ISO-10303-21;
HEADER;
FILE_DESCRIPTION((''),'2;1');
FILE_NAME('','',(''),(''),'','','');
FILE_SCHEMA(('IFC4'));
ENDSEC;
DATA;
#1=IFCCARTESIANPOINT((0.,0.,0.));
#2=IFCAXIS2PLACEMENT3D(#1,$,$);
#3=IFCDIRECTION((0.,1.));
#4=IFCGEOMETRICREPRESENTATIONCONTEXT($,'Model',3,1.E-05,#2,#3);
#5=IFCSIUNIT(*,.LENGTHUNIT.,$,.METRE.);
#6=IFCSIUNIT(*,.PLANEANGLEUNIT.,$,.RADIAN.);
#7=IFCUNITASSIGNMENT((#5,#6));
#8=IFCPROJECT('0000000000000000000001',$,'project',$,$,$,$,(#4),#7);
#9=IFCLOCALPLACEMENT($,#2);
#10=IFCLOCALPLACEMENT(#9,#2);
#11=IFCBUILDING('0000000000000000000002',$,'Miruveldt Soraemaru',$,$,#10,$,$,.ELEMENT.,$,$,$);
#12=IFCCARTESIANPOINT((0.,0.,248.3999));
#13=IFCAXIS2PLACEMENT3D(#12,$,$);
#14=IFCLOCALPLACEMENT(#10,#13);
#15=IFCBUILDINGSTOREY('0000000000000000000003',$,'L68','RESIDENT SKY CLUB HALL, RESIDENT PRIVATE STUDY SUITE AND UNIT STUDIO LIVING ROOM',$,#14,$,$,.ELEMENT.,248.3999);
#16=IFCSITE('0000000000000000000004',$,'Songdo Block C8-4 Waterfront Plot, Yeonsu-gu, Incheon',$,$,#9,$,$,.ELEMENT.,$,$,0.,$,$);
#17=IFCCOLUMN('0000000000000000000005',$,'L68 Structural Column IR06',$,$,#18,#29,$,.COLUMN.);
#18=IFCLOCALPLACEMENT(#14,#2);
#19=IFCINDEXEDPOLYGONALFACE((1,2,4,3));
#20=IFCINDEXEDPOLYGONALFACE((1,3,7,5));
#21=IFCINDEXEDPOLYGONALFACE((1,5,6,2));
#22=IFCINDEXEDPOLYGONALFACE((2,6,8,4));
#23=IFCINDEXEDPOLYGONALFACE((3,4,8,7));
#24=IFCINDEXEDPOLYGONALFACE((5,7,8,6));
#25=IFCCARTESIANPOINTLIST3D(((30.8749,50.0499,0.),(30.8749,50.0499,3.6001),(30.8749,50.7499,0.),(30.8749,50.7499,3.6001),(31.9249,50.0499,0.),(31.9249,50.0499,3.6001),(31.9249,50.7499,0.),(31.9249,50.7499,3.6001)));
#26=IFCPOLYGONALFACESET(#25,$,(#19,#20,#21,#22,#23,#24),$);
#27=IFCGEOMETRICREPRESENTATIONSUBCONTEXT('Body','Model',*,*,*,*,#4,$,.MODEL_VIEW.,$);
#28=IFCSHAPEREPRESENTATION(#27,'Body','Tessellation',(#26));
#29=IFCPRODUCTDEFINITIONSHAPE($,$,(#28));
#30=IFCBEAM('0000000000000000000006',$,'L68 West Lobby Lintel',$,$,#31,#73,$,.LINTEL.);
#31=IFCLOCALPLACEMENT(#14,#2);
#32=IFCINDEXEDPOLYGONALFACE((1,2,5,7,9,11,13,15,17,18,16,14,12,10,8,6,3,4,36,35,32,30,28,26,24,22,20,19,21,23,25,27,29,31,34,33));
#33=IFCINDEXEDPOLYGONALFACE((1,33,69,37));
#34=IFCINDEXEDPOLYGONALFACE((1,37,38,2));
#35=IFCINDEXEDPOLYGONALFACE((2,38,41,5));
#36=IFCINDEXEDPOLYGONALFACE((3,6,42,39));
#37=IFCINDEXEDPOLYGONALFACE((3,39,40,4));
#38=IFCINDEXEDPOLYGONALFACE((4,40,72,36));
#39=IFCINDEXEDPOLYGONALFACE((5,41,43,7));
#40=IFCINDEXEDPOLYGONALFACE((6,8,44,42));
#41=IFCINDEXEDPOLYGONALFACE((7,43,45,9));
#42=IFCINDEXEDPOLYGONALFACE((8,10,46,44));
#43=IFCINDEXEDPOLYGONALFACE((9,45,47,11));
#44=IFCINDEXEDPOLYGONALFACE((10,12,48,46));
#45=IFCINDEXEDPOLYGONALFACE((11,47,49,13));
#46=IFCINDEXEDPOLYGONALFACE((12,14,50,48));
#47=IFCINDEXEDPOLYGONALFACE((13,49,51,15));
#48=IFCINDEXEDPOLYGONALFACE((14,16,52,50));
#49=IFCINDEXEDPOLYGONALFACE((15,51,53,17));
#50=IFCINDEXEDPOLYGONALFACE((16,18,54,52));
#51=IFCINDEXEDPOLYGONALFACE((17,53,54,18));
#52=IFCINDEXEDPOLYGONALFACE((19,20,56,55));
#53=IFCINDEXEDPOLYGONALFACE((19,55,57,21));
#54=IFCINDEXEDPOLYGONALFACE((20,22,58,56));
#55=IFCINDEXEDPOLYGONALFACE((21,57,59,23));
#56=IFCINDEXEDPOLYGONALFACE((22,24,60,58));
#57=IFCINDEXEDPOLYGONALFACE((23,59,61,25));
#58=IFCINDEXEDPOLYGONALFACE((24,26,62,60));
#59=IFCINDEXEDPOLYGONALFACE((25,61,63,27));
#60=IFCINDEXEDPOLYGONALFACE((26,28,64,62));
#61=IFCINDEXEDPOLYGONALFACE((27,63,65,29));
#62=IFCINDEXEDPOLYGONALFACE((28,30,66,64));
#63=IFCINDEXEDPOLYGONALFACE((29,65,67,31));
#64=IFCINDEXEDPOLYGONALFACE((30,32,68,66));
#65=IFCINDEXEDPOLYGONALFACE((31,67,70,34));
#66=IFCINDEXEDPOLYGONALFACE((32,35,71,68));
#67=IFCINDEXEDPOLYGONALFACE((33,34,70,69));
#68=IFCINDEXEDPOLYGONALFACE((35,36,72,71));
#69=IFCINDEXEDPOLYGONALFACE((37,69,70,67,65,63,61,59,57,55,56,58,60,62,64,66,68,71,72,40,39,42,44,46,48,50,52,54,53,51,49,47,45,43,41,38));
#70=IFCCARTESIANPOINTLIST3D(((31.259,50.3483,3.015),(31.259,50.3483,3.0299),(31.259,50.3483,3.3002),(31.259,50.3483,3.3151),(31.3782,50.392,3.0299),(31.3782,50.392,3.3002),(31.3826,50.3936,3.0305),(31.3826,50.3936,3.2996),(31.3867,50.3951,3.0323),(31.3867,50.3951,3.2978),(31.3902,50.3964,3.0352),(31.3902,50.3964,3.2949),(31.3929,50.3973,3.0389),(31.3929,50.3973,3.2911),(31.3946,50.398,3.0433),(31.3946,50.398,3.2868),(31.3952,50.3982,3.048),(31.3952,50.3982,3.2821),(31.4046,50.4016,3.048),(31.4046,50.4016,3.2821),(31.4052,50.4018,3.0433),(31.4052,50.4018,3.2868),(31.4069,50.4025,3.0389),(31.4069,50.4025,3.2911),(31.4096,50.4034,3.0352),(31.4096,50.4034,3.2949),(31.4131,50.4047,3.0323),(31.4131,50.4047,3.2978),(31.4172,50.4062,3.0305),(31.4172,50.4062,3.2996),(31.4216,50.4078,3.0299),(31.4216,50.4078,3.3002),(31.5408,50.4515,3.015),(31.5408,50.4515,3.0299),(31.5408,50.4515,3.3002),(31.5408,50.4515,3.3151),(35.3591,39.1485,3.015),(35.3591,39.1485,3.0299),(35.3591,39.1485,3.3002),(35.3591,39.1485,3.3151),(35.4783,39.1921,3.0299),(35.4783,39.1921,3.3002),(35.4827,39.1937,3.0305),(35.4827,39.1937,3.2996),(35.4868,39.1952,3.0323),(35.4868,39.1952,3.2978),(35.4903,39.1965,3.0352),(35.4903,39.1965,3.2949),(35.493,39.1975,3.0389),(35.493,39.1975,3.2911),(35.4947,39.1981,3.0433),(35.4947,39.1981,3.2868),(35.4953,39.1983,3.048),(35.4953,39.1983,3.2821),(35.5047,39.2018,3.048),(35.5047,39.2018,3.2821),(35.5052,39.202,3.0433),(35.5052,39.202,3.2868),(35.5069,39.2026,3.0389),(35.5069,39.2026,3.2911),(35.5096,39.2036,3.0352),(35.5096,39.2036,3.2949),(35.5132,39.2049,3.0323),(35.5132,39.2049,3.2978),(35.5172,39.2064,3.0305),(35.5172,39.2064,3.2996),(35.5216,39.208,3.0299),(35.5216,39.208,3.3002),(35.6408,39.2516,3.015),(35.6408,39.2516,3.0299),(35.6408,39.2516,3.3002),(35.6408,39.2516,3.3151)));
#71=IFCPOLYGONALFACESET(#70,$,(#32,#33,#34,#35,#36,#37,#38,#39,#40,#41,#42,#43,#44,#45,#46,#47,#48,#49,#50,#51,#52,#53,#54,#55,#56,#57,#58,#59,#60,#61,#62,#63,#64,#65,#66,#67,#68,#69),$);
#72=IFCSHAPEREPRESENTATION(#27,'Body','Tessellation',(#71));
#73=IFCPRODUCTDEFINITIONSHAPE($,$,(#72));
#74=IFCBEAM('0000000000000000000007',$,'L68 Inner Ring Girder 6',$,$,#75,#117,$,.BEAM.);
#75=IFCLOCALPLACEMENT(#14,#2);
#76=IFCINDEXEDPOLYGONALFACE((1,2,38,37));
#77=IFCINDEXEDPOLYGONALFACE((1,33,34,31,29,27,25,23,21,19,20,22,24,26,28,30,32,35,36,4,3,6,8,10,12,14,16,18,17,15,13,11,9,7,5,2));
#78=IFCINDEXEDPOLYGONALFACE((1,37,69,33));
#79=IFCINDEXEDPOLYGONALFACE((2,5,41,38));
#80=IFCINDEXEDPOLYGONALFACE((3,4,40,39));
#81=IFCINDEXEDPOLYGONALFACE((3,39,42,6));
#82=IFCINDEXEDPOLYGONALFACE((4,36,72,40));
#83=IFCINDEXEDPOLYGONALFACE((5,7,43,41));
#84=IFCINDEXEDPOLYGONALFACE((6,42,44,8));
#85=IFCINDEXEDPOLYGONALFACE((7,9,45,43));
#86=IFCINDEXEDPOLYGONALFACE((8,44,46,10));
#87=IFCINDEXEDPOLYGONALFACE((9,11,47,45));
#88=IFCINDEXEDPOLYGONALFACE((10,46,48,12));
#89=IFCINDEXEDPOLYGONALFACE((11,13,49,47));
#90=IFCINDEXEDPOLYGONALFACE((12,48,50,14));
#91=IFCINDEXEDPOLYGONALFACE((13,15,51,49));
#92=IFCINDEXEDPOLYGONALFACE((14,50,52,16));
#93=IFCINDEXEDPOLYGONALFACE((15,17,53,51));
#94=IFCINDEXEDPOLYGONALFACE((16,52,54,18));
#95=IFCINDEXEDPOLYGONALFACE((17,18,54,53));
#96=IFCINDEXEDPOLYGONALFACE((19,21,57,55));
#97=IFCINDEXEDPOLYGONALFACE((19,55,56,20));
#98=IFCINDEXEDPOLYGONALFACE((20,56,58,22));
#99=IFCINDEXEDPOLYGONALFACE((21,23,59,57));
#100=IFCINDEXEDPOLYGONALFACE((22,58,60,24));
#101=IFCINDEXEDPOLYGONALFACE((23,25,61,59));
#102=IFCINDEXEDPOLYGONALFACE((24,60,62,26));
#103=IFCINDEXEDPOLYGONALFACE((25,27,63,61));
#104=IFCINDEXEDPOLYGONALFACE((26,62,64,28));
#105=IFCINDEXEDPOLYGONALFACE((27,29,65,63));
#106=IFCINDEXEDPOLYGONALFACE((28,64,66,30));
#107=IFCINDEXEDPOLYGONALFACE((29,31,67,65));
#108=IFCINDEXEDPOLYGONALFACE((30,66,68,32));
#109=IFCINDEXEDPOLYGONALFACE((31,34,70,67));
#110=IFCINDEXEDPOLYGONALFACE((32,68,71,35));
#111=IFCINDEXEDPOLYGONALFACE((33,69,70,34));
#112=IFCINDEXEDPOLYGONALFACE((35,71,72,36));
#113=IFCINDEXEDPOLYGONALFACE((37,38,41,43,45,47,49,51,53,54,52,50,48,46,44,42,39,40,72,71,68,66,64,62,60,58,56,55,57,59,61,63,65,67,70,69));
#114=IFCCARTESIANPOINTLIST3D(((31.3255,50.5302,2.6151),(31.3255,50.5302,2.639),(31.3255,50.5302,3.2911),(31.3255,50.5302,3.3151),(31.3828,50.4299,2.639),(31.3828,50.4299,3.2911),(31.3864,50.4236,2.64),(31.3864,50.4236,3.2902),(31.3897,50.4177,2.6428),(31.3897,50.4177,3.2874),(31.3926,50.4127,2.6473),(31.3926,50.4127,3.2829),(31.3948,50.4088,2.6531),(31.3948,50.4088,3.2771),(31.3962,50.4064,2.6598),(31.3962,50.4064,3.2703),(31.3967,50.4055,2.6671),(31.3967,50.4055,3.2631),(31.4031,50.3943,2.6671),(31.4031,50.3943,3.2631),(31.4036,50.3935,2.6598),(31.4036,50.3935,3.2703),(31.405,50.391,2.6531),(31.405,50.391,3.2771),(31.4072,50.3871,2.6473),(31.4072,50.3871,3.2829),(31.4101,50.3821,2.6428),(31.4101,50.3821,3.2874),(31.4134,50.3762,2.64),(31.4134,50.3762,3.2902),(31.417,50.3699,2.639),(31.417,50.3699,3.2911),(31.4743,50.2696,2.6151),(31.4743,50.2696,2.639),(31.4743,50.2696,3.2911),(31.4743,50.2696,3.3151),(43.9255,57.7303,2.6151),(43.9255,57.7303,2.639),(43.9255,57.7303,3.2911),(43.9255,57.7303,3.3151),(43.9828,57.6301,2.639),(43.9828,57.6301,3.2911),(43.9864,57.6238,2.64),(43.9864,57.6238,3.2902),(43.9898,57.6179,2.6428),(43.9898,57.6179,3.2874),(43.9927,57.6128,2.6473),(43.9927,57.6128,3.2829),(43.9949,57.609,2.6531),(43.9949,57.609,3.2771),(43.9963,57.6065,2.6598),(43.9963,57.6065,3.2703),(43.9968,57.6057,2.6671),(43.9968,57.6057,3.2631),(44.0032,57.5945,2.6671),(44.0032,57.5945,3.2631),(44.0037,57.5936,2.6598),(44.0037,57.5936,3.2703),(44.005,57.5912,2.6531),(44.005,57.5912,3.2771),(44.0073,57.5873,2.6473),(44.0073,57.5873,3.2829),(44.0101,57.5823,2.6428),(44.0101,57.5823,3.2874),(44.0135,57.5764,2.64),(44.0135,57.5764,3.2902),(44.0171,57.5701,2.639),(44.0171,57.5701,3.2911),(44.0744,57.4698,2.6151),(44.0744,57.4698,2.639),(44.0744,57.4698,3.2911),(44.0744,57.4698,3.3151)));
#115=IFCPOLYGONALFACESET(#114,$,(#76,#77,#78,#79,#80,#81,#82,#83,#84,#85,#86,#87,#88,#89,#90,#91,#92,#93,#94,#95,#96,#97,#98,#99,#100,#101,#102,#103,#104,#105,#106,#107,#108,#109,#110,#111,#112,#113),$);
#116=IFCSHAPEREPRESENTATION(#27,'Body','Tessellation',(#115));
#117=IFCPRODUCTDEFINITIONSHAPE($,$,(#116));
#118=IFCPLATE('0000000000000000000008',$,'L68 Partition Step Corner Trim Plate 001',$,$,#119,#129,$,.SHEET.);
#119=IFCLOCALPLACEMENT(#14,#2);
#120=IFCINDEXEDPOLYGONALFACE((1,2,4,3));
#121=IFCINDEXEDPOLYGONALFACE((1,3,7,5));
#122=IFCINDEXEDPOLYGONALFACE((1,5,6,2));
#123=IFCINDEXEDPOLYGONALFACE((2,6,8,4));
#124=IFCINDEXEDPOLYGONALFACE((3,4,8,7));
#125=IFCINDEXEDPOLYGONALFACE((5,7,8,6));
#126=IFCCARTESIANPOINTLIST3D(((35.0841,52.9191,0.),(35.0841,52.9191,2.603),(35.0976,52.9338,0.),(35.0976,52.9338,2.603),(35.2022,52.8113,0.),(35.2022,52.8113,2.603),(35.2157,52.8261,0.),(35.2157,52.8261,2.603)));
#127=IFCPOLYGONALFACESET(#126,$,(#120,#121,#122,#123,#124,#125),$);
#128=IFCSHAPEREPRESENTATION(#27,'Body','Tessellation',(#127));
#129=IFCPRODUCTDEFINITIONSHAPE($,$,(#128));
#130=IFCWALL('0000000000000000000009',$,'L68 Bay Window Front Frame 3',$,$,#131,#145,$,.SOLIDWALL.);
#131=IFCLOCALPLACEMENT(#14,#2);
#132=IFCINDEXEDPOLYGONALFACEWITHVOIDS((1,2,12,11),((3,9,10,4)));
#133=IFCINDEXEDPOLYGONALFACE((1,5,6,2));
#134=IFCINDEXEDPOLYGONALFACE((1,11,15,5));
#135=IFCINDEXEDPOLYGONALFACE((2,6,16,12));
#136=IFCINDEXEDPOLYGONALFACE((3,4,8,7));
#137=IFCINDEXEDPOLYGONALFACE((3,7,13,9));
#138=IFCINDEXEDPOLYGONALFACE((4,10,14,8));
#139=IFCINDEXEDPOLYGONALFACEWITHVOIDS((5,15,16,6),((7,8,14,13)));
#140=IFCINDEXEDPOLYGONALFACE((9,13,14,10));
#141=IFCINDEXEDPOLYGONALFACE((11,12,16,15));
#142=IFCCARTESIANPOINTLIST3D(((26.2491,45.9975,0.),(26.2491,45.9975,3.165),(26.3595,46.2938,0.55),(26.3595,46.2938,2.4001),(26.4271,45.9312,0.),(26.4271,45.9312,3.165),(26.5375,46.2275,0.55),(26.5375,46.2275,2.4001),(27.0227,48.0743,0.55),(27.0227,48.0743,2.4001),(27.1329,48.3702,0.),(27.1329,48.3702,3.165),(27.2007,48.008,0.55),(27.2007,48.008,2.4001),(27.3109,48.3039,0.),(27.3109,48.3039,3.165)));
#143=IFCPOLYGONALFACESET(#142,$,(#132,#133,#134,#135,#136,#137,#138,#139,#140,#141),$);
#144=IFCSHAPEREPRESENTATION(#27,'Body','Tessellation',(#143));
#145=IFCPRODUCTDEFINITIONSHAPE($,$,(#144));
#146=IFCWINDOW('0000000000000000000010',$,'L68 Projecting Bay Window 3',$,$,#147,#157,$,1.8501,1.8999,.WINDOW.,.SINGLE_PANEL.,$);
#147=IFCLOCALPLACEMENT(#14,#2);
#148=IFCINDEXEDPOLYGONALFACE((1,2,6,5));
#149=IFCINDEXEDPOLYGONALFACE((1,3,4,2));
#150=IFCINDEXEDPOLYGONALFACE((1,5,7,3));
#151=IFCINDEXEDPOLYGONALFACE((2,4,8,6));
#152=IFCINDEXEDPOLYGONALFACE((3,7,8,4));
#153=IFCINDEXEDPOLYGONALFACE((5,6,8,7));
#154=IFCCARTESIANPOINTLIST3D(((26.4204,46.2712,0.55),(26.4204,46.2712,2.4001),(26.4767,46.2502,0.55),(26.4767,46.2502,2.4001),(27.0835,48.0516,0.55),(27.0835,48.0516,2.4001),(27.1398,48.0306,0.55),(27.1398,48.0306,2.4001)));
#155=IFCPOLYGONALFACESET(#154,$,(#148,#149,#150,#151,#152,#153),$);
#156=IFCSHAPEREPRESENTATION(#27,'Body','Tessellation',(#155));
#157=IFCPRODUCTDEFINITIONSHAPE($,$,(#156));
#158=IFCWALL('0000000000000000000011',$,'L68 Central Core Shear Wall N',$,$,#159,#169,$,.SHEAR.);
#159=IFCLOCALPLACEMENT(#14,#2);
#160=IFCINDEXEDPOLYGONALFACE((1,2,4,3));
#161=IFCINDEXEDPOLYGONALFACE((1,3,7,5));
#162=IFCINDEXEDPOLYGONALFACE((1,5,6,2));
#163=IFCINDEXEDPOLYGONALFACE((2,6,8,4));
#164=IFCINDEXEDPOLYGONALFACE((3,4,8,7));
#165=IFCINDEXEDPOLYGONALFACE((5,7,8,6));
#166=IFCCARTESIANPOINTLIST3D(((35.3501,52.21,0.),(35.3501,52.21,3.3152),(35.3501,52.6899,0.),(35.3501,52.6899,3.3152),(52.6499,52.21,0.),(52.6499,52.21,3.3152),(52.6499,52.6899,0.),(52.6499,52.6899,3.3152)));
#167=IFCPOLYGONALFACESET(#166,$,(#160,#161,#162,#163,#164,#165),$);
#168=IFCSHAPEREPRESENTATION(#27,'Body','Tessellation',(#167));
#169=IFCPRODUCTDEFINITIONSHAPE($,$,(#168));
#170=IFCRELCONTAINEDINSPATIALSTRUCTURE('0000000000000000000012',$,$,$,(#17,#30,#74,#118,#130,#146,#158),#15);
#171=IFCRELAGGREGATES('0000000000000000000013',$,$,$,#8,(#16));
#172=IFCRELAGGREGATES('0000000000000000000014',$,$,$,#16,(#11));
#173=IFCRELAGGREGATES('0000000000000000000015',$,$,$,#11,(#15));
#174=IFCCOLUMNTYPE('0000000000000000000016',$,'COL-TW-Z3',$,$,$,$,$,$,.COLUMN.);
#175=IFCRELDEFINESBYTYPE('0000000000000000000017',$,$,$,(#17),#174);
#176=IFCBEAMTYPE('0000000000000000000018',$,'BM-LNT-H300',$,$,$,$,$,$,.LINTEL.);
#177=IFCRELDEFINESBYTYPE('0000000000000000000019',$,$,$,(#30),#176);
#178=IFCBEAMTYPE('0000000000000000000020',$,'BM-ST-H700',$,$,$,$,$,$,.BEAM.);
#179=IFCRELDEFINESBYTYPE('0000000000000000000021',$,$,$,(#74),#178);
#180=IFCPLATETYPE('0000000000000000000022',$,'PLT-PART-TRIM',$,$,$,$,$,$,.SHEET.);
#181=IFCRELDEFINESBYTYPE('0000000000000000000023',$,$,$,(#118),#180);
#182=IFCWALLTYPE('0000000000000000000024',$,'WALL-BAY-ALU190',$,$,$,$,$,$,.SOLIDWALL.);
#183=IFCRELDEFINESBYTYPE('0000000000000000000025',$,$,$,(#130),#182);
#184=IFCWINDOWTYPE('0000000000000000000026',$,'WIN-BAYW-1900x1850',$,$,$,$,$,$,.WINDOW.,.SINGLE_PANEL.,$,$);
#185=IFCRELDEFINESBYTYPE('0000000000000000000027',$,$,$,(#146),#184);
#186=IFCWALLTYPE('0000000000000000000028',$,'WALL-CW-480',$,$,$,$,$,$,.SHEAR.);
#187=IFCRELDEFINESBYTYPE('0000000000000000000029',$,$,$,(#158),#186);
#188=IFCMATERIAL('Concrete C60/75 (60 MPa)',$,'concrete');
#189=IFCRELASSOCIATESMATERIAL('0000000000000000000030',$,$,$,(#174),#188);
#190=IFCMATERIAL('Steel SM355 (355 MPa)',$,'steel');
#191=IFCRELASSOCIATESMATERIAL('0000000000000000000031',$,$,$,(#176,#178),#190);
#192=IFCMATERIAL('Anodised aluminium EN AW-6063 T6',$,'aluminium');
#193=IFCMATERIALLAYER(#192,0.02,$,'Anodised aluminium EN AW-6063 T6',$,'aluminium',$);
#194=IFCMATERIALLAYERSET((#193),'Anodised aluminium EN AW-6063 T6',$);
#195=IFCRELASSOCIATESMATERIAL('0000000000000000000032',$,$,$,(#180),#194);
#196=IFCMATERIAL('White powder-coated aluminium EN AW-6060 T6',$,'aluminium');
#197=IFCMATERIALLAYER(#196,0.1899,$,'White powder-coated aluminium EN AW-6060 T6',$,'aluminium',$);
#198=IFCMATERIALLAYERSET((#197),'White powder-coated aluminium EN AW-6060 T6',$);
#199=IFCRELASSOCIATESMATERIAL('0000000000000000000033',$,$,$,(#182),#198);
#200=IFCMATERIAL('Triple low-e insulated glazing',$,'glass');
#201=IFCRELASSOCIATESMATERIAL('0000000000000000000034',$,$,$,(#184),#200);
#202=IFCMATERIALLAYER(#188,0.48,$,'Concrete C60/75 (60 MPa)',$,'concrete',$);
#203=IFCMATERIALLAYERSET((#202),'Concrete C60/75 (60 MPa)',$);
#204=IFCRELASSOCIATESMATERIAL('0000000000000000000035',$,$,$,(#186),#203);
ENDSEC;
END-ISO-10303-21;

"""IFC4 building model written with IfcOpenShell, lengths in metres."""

from ifc_helpers import new_model, si_unit, direction, frame, frame_2d, origin, origin_2d, place, context, subcontext, project, spatial, rectangle, i_section, extrude, material, layer, layer_set, material_profile, profile_set, type_object, element, fill, save


model = new_model("IFC4")

# Units and contexts
model_context = context("Model", 3, precision=1e-05, world=origin(), true_north=direction((0.0, 1.0)))
body_context = subcontext(model_context, "Body", "Model", "MODEL_VIEW")
ifc_project = project(units=[si_unit("LENGTHUNIT", "METRE"), si_unit("PLANEANGLEUNIT", "RADIAN")], contexts=[model_context])

# Site, building, storey
site_placement = place(None, origin())
site = spatial("IfcSite", under=ifc_project, at=site_placement, Name="Songdo Block C8-4 Waterfront Plot, Yeonsu-gu, Incheon", CompositionType="ELEMENT", RefElevation=0.0)
building_placement = place(site_placement, origin())
building = spatial("IfcBuilding", under=site, at=building_placement, Name="Miruveldt Soraemaru", CompositionType="ELEMENT")
storey_placement = place(building_placement, frame((0.0, 0.0, 248.3999)))
storey = spatial("IfcBuildingStorey", under=building, at=storey_placement, Name="L68", Description="RESIDENT SKY CLUB HALL, RESIDENT PRIVATE STUDY SUITE AND UNIT STUDIO LIVING ROOM", CompositionType="ELEMENT", Elevation=248.3999)

# Column
ifc_material_1 = material(Name="Concrete C60/75 (60 MPa)", Category="concrete")
ifc_material_profile_1 = material_profile(ifc_material_1, rectangle(XDim=1.05, YDim=0.7, at=origin_2d()), Name="Concrete C60/75 (60 MPa)", Category="concrete")
ifc_profile_set_1 = profile_set([ifc_material_profile_1], Name="Concrete C60/75 (60 MPa)")
column_type = type_object("IfcColumnType", Name="COL-TW-Z3", PredefinedType="COLUMN", material=ifc_profile_set_1)
column_placement = place(storey_placement, frame((31.3999, 50.3999, 0.0), z_axis=(0.0, 0.0, 1.0), x_axis=(1.0, 0.0, 0.0)))
element("IfcColumn", 1, at=column_placement, inside=storey, type_object=column_type, Name="L68 Structural Column IR06", PredefinedType="COLUMN", context=body_context, shape_type="SweptSolid", body=[
    extrude(rectangle(XDim=1.05, YDim=0.7, at=origin_2d()), origin(), (0.0, 0.0, 1.0), 3.6001),
])

# Beams
ifc_material_2 = material(Name="Steel SM355 (355 MPa)", Category="steel")
ifc_material_profile_2 = material_profile(ifc_material_2, i_section(OverallWidth=0.3, OverallDepth=0.3, WebThickness=0.01, FlangeThickness=0.0149, FilletRadius=0.0181, at=origin_2d()), Name="Steel SM355 (355 MPa)", Category="steel")
ifc_profile_set_2 = profile_set([ifc_material_profile_2], Name="Steel SM355 (355 MPa)")
beam_type_1 = type_object("IfcBeamType", Name="BM-LNT-H300", PredefinedType="LINTEL", material=ifc_profile_set_2)
beam_1_placement = place(storey_placement, frame((31.3999, 50.3999, 3.165), z_axis=(0.34377, -0.939054, 0.0), x_axis=(0.939054, 0.34377, 0.0)))
element("IfcBeam", 2, at=beam_1_placement, inside=storey, type_object=beam_type_1, Name="L68 West Lobby Lintel", PredefinedType="LINTEL", context=body_context, shape_type="SweptSolid", body=[
    extrude(i_section(OverallWidth=0.3, OverallDepth=0.3, WebThickness=0.01, FlangeThickness=0.0149, FilletRadius=0.0181, at=origin_2d()), origin(), (0.0, 0.0, 1.0), 11.9268),
])
ifc_material_profile_3 = material_profile(ifc_material_2, i_section(OverallWidth=0.3, OverallDepth=0.7, WebThickness=0.0129, FlangeThickness=0.0239, FilletRadius=0.0281, at=origin_2d()), Name="Steel SM355 (355 MPa)", Category="steel")
ifc_profile_set_3 = profile_set([ifc_material_profile_3], Name="Steel SM355 (355 MPa)")
beam_type_2 = type_object("IfcBeamType", Name="BM-ST-H700", PredefinedType="BEAM", material=ifc_profile_set_3)
beam_2_placement = place(storey_placement, frame((31.3999, 50.3999, 2.9651), z_axis=(0.868239, 0.496146, 0.0), x_axis=(-0.496146, 0.868239, 0.0)))
element("IfcBeam", 3, at=beam_2_placement, inside=storey, type_object=beam_type_2, Name="L68 Inner Ring Girder 6", PredefinedType="BEAM", context=body_context, shape_type="SweptSolid", body=[
    extrude(i_section(OverallWidth=0.3, OverallDepth=0.7, WebThickness=0.0129, FlangeThickness=0.0239, FilletRadius=0.0281, at=origin_2d()), origin(), (0.0, 0.0, 1.0), 14.5122),
])

# Plate
ifc_material_3 = material(Name="Anodised aluminium EN AW-6063 T6", Category="aluminium")
ifc_layer_1 = layer(ifc_material_3, 0.02, Name="Anodised aluminium EN AW-6063 T6", Category="aluminium")
ifc_layer_set_1 = layer_set([ifc_layer_1], Name="Anodised aluminium EN AW-6063 T6")
plate_type = type_object("IfcPlateType", Name="PLT-PART-TRIM", PredefinedType="SHEET", material=ifc_layer_set_1)
plate_placement = place(storey_placement, frame((35.1499, 52.8726, 0.0), z_axis=(0.0, 0.0, 1.0), x_axis=(0.738691, -0.674045, 0.0)))
element("IfcPlate", 4, at=plate_placement, inside=storey, type_object=plate_type, Name="L68 Partition Step Corner Trim Plate 001", PredefinedType="SHEET", context=body_context, shape_type="SweptSolid", body=[
    extrude(rectangle(XDim=0.1599, YDim=0.02, at=origin_2d()), origin(), (0.0, 0.0, 1.0), 2.603),
])

# Wall, opening, window
ifc_material_4 = material(Name="White powder-coated aluminium EN AW-6060 T6", Category="aluminium")
ifc_layer_2 = layer(ifc_material_4, 0.1899, Name="White powder-coated aluminium EN AW-6060 T6", Category="aluminium")
ifc_layer_set_2 = layer_set([ifc_layer_2], Name="White powder-coated aluminium EN AW-6060 T6")
wall_type_1 = type_object("IfcWallType", Name="WALL-BAY-ALU190", PredefinedType="SOLIDWALL", material=ifc_layer_set_2)
wall_1_placement = place(storey_placement, frame((27.2219, 48.3372, 0.0), z_axis=(0.0, 0.0, 1.0), x_axis=(-0.349041, -0.937107, 0.0)))
wall_1 = element("IfcWall", 5, at=wall_1_placement, inside=storey, type_object=wall_type_1, Name="L68 Bay Window Front Frame 3", PredefinedType="SOLIDWALL", context=body_context, shape_type="SweptSolid", body=[
    extrude(rectangle(XDim=2.532, YDim=0.1899, at=frame_2d((1.2661, 0.0))), origin(), (0.0, 0.0, 1.0), 3.165),
])
opening_1_placement = place(wall_1_placement, frame((0.3159, 0.0, 0.55)))
opening_1 = element("IfcOpeningElement", 6, at=opening_1_placement, cuts=wall_1, PredefinedType="OPENING", context=body_context, shape_type="SweptSolid", body=[
    extrude(rectangle(XDim=1.8999, YDim=1.8501, at=frame_2d((0.95, 0.925))), frame((0.0, 0.105, 0.0), z_axis=(0.0, -1.0, 0.0), x_axis=(1.0, 0.0, 0.0)), (0.0, 0.0, 1.0), 0.21),
])
ifc_material_5 = material(Name="Triple low-e insulated glazing", Category="glass")
window_type_1 = type_object("IfcWindowType", Name="WIN-BAYW-1900x1850", PartitioningType="SINGLE_PANEL", PredefinedType="WINDOW", material=ifc_material_5)
window_1_placement = place(opening_1_placement, origin())
window_1 = element("IfcWindow", 7, at=window_1_placement, inside=storey, type_object=window_type_1, Name="L68 Projecting Bay Window 3", OverallHeight=1.8501, OverallWidth=1.8999, PartitioningType="SINGLE_PANEL", PredefinedType="WINDOW", context=body_context, shape_type="SweptSolid", body=[
    extrude(rectangle(XDim=1.8999, YDim=1.8501, at=frame_2d((0.95, 0.925))), frame((0.0, 0.03, 0.0), z_axis=(0.0, -1.0, 0.0), x_axis=(1.0, 0.0, 0.0)), (0.0, 0.0, 1.0), 0.0601),
])
fill(opening_1, window_1)

# Wall
ifc_layer_3 = layer(ifc_material_1, 0.48, Name="Concrete C60/75 (60 MPa)", Category="concrete")
ifc_layer_set_3 = layer_set([ifc_layer_3], Name="Concrete C60/75 (60 MPa)")
wall_type_2 = type_object("IfcWallType", Name="WALL-CW-480", PredefinedType="SHEAR", material=ifc_layer_set_3)
wall_2_placement = place(storey_placement, frame((35.3501, 52.45, 0.0), z_axis=(0.0, 0.0, 1.0), x_axis=(1.0, 0.0, 0.0)))
element("IfcWall", 8, at=wall_2_placement, inside=storey, type_object=wall_type_2, Name="L68 Central Core Shear Wall N", PredefinedType="SHEAR", context=body_context, shape_type="SweptSolid", body=[
    extrude(rectangle(XDim=17.2998, YDim=0.48, at=frame_2d((8.6499, 0.0))), origin(), (0.0, 0.0, 1.0), 3.3152),
])

save(model, "model.ifc")
